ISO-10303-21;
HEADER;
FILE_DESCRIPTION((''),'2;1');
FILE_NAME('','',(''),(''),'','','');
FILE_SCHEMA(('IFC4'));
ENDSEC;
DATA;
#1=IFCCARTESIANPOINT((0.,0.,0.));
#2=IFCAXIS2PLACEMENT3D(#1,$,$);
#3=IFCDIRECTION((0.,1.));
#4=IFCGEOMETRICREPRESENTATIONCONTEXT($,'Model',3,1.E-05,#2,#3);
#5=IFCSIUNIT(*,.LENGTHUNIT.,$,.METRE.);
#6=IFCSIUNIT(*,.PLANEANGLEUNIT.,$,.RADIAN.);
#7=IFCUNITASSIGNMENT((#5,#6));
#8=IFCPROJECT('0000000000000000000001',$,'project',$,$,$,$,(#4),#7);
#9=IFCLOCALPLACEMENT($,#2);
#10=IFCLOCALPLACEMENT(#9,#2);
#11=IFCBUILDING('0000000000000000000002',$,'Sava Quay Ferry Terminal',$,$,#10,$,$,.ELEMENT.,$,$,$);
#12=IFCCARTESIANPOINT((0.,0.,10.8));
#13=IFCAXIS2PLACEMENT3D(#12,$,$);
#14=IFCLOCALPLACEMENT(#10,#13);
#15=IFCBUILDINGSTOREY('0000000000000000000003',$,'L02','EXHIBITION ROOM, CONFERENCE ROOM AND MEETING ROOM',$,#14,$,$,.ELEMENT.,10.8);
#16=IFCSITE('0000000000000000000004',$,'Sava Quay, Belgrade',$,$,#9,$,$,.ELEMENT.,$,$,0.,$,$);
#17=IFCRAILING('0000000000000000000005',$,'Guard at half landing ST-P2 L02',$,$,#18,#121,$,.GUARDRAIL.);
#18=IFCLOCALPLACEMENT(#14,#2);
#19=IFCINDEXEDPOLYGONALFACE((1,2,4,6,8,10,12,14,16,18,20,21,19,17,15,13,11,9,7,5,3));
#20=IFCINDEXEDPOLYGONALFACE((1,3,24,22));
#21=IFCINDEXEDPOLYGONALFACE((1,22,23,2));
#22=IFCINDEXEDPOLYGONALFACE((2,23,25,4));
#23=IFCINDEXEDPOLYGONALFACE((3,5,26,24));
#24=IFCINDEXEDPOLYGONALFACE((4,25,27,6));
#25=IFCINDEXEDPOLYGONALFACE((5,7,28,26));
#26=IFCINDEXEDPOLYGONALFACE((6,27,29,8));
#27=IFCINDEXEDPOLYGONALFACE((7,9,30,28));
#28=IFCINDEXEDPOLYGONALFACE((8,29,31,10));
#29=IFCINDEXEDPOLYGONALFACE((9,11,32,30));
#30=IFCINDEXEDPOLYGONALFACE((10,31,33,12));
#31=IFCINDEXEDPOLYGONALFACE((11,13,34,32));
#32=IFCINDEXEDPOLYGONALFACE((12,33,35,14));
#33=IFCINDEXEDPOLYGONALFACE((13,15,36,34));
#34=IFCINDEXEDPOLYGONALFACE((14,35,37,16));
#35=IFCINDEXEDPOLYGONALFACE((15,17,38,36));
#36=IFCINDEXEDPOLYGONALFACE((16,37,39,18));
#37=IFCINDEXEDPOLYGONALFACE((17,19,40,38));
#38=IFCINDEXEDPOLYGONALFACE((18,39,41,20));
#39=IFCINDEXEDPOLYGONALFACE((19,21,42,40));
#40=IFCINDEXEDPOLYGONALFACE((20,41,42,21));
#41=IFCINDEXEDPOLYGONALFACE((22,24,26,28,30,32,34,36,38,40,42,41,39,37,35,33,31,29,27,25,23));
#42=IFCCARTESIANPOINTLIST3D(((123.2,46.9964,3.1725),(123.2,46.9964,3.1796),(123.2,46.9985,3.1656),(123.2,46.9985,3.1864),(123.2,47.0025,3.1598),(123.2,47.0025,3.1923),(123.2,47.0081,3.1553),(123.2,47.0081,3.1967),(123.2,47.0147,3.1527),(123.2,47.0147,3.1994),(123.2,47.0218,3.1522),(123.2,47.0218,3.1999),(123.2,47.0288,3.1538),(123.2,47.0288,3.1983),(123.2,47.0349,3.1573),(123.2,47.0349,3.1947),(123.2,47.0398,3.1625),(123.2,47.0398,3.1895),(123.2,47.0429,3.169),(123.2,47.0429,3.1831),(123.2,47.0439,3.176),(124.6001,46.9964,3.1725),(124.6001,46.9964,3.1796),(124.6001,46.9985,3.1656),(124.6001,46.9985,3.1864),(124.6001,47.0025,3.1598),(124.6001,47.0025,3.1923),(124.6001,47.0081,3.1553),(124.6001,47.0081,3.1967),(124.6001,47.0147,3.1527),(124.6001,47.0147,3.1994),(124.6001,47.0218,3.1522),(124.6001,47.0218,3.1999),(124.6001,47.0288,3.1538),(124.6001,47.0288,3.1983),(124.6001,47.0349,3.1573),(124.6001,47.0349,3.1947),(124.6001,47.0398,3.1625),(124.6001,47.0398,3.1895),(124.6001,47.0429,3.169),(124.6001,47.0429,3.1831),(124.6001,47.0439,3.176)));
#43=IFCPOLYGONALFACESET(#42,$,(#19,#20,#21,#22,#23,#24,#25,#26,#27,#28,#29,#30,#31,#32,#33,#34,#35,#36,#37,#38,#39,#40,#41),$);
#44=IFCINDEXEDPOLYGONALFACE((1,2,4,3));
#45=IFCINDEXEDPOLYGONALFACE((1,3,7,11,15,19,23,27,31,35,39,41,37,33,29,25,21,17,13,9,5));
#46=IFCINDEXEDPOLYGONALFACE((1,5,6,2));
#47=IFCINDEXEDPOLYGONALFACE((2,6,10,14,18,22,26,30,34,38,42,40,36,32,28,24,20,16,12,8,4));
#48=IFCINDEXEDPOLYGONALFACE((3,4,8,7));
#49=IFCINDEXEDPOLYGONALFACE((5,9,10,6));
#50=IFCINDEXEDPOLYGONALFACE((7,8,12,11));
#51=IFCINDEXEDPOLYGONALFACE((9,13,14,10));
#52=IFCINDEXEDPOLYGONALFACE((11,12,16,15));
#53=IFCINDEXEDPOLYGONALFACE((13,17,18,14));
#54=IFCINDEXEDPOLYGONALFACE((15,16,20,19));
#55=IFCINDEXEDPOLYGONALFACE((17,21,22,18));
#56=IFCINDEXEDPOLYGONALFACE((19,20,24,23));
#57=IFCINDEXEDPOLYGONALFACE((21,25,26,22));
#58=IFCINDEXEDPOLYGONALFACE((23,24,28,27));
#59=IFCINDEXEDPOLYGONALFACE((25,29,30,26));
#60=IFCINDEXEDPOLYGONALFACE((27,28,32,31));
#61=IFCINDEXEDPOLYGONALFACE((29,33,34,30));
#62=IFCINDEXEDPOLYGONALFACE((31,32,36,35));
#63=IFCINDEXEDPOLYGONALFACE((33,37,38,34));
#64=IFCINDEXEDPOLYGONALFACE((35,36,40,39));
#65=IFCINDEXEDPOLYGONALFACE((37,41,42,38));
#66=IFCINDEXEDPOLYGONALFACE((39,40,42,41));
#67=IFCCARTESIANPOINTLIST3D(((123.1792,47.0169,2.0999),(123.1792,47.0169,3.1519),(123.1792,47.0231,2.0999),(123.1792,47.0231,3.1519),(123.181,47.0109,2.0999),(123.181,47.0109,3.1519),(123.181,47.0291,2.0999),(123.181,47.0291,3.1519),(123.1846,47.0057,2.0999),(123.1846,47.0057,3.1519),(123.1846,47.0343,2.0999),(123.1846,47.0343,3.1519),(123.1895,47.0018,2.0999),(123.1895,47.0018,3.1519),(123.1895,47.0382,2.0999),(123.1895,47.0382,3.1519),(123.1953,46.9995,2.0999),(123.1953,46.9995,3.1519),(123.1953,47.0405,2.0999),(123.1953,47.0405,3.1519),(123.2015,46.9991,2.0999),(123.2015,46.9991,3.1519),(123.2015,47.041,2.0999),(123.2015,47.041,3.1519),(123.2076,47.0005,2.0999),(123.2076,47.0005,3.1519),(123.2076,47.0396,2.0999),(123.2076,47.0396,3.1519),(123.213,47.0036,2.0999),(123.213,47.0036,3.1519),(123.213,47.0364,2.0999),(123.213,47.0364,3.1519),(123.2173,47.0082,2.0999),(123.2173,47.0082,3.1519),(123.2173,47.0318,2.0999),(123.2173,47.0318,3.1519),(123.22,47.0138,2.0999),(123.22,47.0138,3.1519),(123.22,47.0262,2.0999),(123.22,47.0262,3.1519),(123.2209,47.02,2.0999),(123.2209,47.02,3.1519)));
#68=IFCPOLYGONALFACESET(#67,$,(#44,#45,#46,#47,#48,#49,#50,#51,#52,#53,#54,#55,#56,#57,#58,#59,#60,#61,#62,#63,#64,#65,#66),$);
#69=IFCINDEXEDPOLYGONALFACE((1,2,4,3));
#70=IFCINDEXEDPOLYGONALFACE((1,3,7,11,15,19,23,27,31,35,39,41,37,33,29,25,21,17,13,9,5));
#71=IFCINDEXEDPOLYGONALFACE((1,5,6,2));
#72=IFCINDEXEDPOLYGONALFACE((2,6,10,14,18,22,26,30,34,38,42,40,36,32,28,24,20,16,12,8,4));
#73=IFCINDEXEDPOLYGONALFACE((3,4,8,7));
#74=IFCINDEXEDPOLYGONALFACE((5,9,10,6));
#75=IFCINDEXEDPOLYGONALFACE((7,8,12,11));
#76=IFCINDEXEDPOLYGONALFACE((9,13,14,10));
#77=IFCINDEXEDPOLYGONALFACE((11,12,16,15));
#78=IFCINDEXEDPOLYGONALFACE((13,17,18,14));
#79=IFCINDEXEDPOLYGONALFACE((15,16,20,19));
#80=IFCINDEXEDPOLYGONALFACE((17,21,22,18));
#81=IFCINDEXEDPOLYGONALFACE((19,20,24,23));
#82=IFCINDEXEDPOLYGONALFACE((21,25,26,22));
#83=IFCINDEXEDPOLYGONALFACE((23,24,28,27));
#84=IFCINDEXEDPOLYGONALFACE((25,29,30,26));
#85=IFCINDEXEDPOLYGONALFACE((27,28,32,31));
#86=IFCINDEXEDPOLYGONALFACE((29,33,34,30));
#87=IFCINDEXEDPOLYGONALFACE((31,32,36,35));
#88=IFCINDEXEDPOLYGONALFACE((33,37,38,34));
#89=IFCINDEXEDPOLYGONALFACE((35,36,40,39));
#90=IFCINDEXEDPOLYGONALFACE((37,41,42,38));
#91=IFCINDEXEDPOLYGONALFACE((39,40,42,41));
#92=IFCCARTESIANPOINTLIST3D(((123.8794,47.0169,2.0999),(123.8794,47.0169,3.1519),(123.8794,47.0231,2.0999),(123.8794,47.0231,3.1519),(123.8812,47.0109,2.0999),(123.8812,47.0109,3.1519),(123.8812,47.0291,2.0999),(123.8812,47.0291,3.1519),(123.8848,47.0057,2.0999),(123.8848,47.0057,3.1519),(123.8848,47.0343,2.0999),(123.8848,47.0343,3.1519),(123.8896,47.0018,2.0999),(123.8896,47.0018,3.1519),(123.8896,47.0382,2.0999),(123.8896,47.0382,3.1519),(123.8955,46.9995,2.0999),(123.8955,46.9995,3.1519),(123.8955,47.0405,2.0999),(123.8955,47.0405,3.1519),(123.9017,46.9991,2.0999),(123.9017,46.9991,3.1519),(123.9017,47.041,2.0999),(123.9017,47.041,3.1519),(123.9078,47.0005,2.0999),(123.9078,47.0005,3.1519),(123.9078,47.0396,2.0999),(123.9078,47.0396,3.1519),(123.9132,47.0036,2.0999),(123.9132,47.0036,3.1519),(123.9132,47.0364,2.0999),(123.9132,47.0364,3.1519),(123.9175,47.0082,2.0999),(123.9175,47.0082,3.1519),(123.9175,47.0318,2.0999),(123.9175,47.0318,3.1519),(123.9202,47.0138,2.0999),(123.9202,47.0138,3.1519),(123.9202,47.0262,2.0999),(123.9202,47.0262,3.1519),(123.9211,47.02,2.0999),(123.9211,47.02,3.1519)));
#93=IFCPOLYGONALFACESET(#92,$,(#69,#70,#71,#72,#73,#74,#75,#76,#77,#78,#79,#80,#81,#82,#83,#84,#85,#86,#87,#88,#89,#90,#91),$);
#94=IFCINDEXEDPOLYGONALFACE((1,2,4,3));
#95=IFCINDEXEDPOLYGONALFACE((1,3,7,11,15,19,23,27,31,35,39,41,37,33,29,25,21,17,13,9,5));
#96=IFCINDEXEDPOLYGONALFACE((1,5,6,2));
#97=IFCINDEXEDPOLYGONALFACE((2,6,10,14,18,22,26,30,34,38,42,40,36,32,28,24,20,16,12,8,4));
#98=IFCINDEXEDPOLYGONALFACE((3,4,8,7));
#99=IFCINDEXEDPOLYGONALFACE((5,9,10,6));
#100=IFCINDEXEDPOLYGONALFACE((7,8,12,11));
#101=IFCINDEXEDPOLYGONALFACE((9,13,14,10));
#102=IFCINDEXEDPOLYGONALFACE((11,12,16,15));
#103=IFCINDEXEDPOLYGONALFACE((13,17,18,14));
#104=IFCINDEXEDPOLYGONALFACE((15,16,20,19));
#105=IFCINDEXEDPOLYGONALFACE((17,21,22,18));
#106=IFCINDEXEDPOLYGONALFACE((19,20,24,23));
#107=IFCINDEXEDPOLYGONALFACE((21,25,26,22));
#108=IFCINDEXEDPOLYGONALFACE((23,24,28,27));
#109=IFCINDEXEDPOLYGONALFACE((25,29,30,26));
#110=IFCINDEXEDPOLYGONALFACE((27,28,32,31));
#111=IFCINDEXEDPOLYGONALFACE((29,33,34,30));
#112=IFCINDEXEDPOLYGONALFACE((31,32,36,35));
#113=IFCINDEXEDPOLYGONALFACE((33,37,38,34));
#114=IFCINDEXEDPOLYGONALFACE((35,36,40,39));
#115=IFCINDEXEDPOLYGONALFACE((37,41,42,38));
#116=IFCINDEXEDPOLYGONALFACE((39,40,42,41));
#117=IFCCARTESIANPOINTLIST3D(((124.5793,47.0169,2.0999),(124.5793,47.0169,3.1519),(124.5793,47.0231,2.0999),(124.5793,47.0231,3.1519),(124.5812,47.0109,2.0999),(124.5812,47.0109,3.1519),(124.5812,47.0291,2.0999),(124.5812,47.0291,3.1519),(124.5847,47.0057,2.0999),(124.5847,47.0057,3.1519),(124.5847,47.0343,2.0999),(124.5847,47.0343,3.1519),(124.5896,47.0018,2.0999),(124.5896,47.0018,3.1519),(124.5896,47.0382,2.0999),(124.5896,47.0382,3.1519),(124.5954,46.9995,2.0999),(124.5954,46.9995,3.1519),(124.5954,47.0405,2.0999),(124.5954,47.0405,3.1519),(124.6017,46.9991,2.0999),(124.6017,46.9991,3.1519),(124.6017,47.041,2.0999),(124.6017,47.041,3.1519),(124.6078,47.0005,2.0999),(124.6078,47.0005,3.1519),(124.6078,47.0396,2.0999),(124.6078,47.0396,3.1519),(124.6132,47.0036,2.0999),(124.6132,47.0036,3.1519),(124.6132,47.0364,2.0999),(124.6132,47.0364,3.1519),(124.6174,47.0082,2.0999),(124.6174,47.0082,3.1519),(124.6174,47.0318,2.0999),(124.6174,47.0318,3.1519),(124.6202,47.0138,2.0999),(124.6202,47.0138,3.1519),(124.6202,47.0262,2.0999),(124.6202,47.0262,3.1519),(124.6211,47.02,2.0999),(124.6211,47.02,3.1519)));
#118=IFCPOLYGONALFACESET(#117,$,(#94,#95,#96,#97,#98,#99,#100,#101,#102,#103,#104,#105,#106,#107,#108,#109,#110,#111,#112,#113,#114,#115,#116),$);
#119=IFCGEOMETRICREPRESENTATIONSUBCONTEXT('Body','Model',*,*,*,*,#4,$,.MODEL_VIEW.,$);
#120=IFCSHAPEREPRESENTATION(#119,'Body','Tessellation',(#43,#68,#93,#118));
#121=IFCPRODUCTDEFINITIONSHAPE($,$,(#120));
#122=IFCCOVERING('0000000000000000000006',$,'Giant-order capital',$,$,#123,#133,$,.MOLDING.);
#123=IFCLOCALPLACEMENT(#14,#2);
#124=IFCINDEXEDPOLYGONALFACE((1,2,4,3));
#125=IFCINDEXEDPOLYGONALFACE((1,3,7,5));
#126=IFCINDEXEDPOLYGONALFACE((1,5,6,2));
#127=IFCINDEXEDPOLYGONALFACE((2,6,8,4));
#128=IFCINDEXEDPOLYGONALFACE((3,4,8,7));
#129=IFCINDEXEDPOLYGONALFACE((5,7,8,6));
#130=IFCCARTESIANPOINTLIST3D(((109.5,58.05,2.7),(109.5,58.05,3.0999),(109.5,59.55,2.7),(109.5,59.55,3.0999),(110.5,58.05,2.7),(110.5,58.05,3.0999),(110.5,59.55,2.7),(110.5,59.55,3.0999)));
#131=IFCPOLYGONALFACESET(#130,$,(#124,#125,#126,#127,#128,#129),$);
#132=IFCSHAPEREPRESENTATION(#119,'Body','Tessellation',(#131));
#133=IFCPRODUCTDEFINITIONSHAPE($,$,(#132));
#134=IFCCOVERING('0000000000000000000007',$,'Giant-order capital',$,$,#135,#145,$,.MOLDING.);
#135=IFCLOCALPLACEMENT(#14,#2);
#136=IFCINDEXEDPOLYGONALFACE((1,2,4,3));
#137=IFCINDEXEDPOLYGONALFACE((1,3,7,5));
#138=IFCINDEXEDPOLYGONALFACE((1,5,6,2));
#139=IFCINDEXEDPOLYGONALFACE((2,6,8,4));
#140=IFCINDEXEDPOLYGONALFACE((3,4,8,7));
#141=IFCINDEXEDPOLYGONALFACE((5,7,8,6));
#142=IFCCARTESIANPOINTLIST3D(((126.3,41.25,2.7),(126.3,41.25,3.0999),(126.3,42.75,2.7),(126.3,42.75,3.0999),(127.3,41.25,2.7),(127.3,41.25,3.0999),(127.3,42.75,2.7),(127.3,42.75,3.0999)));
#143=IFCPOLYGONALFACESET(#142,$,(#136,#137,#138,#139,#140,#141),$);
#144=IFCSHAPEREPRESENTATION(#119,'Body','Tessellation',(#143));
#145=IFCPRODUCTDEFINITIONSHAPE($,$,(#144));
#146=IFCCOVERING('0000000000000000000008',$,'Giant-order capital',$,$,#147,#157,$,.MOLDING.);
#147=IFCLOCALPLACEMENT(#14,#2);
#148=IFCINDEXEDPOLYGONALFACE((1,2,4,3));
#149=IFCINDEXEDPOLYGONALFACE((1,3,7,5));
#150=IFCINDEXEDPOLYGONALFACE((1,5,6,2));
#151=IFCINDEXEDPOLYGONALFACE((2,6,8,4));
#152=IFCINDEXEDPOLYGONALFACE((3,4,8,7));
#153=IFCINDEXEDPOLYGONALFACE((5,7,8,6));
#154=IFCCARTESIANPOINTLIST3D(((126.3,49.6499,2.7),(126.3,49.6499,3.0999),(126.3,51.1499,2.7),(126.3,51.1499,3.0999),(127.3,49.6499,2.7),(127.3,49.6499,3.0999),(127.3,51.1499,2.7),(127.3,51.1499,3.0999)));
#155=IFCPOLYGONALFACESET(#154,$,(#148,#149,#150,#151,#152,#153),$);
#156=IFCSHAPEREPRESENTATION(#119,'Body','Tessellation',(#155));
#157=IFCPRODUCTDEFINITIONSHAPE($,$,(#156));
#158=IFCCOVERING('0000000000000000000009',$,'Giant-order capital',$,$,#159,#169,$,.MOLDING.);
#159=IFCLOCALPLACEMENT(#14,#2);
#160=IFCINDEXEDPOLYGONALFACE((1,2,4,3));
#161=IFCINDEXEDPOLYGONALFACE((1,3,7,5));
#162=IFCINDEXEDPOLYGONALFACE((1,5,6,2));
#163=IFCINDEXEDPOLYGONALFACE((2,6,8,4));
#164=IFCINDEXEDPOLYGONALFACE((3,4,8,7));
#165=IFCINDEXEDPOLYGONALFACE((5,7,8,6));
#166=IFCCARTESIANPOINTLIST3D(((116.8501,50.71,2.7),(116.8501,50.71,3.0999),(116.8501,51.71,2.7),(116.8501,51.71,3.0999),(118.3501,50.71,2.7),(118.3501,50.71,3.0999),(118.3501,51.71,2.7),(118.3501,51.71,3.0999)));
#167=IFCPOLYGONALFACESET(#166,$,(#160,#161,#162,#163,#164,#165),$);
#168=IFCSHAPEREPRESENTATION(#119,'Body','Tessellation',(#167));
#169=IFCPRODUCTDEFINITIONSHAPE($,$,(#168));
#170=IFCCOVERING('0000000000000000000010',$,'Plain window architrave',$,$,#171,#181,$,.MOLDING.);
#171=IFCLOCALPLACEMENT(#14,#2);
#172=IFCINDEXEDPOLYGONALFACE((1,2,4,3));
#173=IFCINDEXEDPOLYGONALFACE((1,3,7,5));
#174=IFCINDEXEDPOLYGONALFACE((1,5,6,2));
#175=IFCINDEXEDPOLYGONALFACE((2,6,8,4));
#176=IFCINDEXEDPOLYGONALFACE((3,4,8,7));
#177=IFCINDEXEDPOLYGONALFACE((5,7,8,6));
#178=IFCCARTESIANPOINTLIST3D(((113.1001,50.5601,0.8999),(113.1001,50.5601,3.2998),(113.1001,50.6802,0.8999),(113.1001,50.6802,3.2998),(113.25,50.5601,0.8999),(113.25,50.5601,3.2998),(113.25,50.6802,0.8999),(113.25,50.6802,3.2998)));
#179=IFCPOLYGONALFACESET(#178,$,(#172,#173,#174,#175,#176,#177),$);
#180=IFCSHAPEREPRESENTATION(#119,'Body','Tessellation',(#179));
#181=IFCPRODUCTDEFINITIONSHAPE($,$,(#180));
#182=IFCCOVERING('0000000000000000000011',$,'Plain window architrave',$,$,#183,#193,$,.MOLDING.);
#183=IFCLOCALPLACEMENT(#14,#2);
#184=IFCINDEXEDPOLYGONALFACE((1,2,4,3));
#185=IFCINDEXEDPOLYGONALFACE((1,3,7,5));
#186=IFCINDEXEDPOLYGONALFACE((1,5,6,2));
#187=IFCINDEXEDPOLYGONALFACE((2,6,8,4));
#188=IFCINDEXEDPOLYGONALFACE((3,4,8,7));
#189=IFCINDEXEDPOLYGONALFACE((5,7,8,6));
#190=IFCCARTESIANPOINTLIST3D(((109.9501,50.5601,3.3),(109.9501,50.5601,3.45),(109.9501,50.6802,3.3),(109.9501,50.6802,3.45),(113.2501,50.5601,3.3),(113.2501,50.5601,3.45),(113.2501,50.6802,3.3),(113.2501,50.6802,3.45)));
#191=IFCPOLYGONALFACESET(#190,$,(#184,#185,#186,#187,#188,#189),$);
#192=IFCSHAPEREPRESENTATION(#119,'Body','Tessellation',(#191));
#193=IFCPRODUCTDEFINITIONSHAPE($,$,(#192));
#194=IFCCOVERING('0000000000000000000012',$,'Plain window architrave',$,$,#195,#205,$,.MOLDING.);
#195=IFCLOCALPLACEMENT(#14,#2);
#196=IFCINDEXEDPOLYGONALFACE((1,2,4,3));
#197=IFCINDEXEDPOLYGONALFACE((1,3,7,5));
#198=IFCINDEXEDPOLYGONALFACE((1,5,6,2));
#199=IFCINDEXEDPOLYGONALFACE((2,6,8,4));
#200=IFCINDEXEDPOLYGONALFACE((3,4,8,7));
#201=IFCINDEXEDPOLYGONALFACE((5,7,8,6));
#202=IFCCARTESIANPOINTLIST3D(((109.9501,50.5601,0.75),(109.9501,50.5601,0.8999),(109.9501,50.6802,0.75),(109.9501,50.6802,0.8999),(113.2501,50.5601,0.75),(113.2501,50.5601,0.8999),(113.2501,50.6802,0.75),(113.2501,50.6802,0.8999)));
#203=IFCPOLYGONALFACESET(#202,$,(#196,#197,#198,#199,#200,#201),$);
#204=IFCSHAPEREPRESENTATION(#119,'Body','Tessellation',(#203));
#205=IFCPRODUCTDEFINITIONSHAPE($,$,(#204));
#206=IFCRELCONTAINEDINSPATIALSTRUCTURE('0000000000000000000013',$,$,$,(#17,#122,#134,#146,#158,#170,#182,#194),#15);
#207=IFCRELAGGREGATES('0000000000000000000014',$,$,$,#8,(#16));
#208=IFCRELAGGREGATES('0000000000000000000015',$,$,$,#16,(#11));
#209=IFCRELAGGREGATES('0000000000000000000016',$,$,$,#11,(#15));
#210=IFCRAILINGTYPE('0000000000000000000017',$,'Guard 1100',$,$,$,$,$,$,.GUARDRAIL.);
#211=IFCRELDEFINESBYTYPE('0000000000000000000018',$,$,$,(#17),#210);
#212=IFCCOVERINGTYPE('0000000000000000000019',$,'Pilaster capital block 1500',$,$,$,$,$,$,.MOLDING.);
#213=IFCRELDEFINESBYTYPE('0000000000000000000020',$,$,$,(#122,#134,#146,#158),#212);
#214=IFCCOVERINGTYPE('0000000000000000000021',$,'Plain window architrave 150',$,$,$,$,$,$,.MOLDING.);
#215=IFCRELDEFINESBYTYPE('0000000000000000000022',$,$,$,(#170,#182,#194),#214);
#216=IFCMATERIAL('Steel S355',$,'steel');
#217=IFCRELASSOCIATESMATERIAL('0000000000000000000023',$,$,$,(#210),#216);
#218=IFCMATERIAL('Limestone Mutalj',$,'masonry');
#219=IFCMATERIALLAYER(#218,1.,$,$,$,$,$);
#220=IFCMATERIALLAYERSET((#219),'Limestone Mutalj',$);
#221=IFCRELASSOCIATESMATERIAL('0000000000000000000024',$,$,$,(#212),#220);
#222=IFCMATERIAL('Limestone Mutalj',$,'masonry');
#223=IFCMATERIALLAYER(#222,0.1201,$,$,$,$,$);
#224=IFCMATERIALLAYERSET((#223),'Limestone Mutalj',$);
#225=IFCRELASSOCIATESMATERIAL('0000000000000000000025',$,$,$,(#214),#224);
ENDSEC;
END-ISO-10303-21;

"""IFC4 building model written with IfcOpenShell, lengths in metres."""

from ifc_helpers import new_model, si_unit, direction, frame, origin, origin_2d, place, context, subcontext, project, spatial, rectangle, circle, extrude, material, layer, layer_set, type_object, element, save


model = new_model("IFC4")

# Units and contexts
model_context = context("Model", 3, precision=1e-05, world=origin(), true_north=direction((0.0, 1.0)))
body_context = subcontext(model_context, "Body", "Model", "MODEL_VIEW")
ifc_project = project(units=[si_unit("LENGTHUNIT", "METRE"), si_unit("PLANEANGLEUNIT", "RADIAN")], contexts=[model_context])

# Site, building, storey
site_placement = place(None, origin())
site = spatial("IfcSite", under=ifc_project, at=site_placement, Name="Sava Quay, Belgrade", CompositionType="ELEMENT", RefElevation=0.0)
building_placement = place(site_placement, origin())
building = spatial("IfcBuilding", under=site, at=building_placement, Name="Sava Quay Ferry Terminal", CompositionType="ELEMENT")
storey_placement = place(building_placement, frame((0.0, 0.0, 10.8)))
storey = spatial("IfcBuildingStorey", under=building, at=storey_placement, Name="L02", Description="EXHIBITION ROOM, CONFERENCE ROOM AND MEETING ROOM", CompositionType="ELEMENT", Elevation=10.8)

# Railing
ifc_material_1 = material(Name="Steel S355", Category="steel")
railing_type_1 = type_object("IfcRailingType", Name="Guard 1100", PredefinedType="GUARDRAIL", material=ifc_material_1)
railing_1_placement = place(storey_placement, frame((123.2, 47.02, 2.0999)))
element("IfcRailing", 1, at=railing_1_placement, inside=storey, type_object=railing_type_1, Name="Guard at half landing ST-P2 L02", PredefinedType="GUARDRAIL", context=body_context, shape_type="SweptSolid", body=[
    extrude(circle(Radius=0.0239, at=origin_2d()), frame((0.0, 0.0, 1.0762), z_axis=(1.0, 0.0, 0.0), x_axis=(0.0, 1.0, 0.0)), (0.0, 0.0, 1.0), 1.4001),
    extrude(circle(Radius=0.021, at=origin_2d()), origin(), (0.0, 0.0, 1.0), 1.052),
    extrude(circle(Radius=0.021, at=origin_2d()), frame((0.7002, 0.0, 0.0)), (0.0, 0.0, 1.0), 1.052),
    extrude(circle(Radius=0.021, at=origin_2d()), frame((1.4001, 0.0, 0.0)), (0.0, 0.0, 1.0), 1.052),
])

# Coverings
ifc_material_2 = material(Name="Limestone Mutalj", Category="masonry")
ifc_layer_1 = layer(ifc_material_2, 1.0)
ifc_layer_set_1 = layer_set([ifc_layer_1], Name="Limestone Mutalj")
covering_type_1 = type_object("IfcCoveringType", Name="Pilaster capital block 1500", PredefinedType="MOLDING", material=ifc_layer_set_1)
for number, where, z_axis, x_axis, name in (
    (2, (110.0, 58.8, 2.7), (0.0, 0.0, 1.0), (1.0, 0.0, 0.0), "Giant-order capital"),
    (3, (126.8, 42.0, 2.7), (0.0, 0.0, 1.0), (1.0, 0.0, 0.0), "Giant-order capital"),
    (4, (126.8, 50.3999, 2.7), (0.0, 0.0, 1.0), (1.0, 0.0, 0.0), "Giant-order capital"),
):
    element("IfcCovering", number, at=place(storey_placement, frame(where, z_axis=z_axis, x_axis=x_axis)), inside=storey, type_object=covering_type_1, Name=name, PredefinedType="MOLDING", context=body_context, shape_type="SweptSolid", body=[
        extrude(rectangle(XDim=1.0, YDim=1.5, at=origin_2d()), origin(), (0.0, 0.0, 1.0), 0.3999),
    ])
covering_1_placement = place(storey_placement, frame((117.6001, 51.21, 2.7), z_axis=(0.0, 0.0, 1.0), x_axis=(1.0, 0.0, 0.0)))
element("IfcCovering", 5, at=covering_1_placement, inside=storey, type_object=covering_type_1, Name="Giant-order capital", PredefinedType="MOLDING", context=body_context, shape_type="SweptSolid", body=[
    extrude(rectangle(XDim=1.5, YDim=1.0, at=origin_2d()), origin(), (0.0, 0.0, 1.0), 0.3999),
])
ifc_material_3 = material(Name="Limestone Mutalj", Category="masonry")
ifc_layer_2 = layer(ifc_material_3, 0.1201)
ifc_layer_set_2 = layer_set([ifc_layer_2], Name="Limestone Mutalj")
covering_type_2 = type_object("IfcCoveringType", Name="Plain window architrave 150", PredefinedType="MOLDING", material=ifc_layer_set_2)
covering_2_placement = place(storey_placement, frame((113.175, 50.6201, 0.8999), z_axis=(0.0, 0.0, 1.0), x_axis=(1.0, 0.0, 0.0)))
element("IfcCovering", 6, at=covering_2_placement, inside=storey, type_object=covering_type_2, Name="Plain window architrave", PredefinedType="MOLDING", context=body_context, shape_type="SweptSolid", body=[
    extrude(rectangle(XDim=0.1499, YDim=0.1201, at=origin_2d()), origin(), (0.0, 0.0, 1.0), 2.3999),
])
for number, where, z_axis, x_axis, name in (
    (7, (111.6001, 50.6201, 3.3), (0.0, 0.0, 1.0), (1.0, 0.0, 0.0), "Plain window architrave"),
    (8, (111.6001, 50.6201, 0.75), (0.0, 0.0, 1.0), (1.0, 0.0, 0.0), "Plain window architrave"),
):
    element("IfcCovering", number, at=place(storey_placement, frame(where, z_axis=z_axis, x_axis=x_axis)), inside=storey, type_object=covering_type_2, Name=name, PredefinedType="MOLDING", context=body_context, shape_type="SweptSolid", body=[
        extrude(rectangle(XDim=3.3, YDim=0.1201, at=origin_2d()), origin(), (0.0, 0.0, 1.0), 0.1499),
    ])

save(model, "model.ifc")
